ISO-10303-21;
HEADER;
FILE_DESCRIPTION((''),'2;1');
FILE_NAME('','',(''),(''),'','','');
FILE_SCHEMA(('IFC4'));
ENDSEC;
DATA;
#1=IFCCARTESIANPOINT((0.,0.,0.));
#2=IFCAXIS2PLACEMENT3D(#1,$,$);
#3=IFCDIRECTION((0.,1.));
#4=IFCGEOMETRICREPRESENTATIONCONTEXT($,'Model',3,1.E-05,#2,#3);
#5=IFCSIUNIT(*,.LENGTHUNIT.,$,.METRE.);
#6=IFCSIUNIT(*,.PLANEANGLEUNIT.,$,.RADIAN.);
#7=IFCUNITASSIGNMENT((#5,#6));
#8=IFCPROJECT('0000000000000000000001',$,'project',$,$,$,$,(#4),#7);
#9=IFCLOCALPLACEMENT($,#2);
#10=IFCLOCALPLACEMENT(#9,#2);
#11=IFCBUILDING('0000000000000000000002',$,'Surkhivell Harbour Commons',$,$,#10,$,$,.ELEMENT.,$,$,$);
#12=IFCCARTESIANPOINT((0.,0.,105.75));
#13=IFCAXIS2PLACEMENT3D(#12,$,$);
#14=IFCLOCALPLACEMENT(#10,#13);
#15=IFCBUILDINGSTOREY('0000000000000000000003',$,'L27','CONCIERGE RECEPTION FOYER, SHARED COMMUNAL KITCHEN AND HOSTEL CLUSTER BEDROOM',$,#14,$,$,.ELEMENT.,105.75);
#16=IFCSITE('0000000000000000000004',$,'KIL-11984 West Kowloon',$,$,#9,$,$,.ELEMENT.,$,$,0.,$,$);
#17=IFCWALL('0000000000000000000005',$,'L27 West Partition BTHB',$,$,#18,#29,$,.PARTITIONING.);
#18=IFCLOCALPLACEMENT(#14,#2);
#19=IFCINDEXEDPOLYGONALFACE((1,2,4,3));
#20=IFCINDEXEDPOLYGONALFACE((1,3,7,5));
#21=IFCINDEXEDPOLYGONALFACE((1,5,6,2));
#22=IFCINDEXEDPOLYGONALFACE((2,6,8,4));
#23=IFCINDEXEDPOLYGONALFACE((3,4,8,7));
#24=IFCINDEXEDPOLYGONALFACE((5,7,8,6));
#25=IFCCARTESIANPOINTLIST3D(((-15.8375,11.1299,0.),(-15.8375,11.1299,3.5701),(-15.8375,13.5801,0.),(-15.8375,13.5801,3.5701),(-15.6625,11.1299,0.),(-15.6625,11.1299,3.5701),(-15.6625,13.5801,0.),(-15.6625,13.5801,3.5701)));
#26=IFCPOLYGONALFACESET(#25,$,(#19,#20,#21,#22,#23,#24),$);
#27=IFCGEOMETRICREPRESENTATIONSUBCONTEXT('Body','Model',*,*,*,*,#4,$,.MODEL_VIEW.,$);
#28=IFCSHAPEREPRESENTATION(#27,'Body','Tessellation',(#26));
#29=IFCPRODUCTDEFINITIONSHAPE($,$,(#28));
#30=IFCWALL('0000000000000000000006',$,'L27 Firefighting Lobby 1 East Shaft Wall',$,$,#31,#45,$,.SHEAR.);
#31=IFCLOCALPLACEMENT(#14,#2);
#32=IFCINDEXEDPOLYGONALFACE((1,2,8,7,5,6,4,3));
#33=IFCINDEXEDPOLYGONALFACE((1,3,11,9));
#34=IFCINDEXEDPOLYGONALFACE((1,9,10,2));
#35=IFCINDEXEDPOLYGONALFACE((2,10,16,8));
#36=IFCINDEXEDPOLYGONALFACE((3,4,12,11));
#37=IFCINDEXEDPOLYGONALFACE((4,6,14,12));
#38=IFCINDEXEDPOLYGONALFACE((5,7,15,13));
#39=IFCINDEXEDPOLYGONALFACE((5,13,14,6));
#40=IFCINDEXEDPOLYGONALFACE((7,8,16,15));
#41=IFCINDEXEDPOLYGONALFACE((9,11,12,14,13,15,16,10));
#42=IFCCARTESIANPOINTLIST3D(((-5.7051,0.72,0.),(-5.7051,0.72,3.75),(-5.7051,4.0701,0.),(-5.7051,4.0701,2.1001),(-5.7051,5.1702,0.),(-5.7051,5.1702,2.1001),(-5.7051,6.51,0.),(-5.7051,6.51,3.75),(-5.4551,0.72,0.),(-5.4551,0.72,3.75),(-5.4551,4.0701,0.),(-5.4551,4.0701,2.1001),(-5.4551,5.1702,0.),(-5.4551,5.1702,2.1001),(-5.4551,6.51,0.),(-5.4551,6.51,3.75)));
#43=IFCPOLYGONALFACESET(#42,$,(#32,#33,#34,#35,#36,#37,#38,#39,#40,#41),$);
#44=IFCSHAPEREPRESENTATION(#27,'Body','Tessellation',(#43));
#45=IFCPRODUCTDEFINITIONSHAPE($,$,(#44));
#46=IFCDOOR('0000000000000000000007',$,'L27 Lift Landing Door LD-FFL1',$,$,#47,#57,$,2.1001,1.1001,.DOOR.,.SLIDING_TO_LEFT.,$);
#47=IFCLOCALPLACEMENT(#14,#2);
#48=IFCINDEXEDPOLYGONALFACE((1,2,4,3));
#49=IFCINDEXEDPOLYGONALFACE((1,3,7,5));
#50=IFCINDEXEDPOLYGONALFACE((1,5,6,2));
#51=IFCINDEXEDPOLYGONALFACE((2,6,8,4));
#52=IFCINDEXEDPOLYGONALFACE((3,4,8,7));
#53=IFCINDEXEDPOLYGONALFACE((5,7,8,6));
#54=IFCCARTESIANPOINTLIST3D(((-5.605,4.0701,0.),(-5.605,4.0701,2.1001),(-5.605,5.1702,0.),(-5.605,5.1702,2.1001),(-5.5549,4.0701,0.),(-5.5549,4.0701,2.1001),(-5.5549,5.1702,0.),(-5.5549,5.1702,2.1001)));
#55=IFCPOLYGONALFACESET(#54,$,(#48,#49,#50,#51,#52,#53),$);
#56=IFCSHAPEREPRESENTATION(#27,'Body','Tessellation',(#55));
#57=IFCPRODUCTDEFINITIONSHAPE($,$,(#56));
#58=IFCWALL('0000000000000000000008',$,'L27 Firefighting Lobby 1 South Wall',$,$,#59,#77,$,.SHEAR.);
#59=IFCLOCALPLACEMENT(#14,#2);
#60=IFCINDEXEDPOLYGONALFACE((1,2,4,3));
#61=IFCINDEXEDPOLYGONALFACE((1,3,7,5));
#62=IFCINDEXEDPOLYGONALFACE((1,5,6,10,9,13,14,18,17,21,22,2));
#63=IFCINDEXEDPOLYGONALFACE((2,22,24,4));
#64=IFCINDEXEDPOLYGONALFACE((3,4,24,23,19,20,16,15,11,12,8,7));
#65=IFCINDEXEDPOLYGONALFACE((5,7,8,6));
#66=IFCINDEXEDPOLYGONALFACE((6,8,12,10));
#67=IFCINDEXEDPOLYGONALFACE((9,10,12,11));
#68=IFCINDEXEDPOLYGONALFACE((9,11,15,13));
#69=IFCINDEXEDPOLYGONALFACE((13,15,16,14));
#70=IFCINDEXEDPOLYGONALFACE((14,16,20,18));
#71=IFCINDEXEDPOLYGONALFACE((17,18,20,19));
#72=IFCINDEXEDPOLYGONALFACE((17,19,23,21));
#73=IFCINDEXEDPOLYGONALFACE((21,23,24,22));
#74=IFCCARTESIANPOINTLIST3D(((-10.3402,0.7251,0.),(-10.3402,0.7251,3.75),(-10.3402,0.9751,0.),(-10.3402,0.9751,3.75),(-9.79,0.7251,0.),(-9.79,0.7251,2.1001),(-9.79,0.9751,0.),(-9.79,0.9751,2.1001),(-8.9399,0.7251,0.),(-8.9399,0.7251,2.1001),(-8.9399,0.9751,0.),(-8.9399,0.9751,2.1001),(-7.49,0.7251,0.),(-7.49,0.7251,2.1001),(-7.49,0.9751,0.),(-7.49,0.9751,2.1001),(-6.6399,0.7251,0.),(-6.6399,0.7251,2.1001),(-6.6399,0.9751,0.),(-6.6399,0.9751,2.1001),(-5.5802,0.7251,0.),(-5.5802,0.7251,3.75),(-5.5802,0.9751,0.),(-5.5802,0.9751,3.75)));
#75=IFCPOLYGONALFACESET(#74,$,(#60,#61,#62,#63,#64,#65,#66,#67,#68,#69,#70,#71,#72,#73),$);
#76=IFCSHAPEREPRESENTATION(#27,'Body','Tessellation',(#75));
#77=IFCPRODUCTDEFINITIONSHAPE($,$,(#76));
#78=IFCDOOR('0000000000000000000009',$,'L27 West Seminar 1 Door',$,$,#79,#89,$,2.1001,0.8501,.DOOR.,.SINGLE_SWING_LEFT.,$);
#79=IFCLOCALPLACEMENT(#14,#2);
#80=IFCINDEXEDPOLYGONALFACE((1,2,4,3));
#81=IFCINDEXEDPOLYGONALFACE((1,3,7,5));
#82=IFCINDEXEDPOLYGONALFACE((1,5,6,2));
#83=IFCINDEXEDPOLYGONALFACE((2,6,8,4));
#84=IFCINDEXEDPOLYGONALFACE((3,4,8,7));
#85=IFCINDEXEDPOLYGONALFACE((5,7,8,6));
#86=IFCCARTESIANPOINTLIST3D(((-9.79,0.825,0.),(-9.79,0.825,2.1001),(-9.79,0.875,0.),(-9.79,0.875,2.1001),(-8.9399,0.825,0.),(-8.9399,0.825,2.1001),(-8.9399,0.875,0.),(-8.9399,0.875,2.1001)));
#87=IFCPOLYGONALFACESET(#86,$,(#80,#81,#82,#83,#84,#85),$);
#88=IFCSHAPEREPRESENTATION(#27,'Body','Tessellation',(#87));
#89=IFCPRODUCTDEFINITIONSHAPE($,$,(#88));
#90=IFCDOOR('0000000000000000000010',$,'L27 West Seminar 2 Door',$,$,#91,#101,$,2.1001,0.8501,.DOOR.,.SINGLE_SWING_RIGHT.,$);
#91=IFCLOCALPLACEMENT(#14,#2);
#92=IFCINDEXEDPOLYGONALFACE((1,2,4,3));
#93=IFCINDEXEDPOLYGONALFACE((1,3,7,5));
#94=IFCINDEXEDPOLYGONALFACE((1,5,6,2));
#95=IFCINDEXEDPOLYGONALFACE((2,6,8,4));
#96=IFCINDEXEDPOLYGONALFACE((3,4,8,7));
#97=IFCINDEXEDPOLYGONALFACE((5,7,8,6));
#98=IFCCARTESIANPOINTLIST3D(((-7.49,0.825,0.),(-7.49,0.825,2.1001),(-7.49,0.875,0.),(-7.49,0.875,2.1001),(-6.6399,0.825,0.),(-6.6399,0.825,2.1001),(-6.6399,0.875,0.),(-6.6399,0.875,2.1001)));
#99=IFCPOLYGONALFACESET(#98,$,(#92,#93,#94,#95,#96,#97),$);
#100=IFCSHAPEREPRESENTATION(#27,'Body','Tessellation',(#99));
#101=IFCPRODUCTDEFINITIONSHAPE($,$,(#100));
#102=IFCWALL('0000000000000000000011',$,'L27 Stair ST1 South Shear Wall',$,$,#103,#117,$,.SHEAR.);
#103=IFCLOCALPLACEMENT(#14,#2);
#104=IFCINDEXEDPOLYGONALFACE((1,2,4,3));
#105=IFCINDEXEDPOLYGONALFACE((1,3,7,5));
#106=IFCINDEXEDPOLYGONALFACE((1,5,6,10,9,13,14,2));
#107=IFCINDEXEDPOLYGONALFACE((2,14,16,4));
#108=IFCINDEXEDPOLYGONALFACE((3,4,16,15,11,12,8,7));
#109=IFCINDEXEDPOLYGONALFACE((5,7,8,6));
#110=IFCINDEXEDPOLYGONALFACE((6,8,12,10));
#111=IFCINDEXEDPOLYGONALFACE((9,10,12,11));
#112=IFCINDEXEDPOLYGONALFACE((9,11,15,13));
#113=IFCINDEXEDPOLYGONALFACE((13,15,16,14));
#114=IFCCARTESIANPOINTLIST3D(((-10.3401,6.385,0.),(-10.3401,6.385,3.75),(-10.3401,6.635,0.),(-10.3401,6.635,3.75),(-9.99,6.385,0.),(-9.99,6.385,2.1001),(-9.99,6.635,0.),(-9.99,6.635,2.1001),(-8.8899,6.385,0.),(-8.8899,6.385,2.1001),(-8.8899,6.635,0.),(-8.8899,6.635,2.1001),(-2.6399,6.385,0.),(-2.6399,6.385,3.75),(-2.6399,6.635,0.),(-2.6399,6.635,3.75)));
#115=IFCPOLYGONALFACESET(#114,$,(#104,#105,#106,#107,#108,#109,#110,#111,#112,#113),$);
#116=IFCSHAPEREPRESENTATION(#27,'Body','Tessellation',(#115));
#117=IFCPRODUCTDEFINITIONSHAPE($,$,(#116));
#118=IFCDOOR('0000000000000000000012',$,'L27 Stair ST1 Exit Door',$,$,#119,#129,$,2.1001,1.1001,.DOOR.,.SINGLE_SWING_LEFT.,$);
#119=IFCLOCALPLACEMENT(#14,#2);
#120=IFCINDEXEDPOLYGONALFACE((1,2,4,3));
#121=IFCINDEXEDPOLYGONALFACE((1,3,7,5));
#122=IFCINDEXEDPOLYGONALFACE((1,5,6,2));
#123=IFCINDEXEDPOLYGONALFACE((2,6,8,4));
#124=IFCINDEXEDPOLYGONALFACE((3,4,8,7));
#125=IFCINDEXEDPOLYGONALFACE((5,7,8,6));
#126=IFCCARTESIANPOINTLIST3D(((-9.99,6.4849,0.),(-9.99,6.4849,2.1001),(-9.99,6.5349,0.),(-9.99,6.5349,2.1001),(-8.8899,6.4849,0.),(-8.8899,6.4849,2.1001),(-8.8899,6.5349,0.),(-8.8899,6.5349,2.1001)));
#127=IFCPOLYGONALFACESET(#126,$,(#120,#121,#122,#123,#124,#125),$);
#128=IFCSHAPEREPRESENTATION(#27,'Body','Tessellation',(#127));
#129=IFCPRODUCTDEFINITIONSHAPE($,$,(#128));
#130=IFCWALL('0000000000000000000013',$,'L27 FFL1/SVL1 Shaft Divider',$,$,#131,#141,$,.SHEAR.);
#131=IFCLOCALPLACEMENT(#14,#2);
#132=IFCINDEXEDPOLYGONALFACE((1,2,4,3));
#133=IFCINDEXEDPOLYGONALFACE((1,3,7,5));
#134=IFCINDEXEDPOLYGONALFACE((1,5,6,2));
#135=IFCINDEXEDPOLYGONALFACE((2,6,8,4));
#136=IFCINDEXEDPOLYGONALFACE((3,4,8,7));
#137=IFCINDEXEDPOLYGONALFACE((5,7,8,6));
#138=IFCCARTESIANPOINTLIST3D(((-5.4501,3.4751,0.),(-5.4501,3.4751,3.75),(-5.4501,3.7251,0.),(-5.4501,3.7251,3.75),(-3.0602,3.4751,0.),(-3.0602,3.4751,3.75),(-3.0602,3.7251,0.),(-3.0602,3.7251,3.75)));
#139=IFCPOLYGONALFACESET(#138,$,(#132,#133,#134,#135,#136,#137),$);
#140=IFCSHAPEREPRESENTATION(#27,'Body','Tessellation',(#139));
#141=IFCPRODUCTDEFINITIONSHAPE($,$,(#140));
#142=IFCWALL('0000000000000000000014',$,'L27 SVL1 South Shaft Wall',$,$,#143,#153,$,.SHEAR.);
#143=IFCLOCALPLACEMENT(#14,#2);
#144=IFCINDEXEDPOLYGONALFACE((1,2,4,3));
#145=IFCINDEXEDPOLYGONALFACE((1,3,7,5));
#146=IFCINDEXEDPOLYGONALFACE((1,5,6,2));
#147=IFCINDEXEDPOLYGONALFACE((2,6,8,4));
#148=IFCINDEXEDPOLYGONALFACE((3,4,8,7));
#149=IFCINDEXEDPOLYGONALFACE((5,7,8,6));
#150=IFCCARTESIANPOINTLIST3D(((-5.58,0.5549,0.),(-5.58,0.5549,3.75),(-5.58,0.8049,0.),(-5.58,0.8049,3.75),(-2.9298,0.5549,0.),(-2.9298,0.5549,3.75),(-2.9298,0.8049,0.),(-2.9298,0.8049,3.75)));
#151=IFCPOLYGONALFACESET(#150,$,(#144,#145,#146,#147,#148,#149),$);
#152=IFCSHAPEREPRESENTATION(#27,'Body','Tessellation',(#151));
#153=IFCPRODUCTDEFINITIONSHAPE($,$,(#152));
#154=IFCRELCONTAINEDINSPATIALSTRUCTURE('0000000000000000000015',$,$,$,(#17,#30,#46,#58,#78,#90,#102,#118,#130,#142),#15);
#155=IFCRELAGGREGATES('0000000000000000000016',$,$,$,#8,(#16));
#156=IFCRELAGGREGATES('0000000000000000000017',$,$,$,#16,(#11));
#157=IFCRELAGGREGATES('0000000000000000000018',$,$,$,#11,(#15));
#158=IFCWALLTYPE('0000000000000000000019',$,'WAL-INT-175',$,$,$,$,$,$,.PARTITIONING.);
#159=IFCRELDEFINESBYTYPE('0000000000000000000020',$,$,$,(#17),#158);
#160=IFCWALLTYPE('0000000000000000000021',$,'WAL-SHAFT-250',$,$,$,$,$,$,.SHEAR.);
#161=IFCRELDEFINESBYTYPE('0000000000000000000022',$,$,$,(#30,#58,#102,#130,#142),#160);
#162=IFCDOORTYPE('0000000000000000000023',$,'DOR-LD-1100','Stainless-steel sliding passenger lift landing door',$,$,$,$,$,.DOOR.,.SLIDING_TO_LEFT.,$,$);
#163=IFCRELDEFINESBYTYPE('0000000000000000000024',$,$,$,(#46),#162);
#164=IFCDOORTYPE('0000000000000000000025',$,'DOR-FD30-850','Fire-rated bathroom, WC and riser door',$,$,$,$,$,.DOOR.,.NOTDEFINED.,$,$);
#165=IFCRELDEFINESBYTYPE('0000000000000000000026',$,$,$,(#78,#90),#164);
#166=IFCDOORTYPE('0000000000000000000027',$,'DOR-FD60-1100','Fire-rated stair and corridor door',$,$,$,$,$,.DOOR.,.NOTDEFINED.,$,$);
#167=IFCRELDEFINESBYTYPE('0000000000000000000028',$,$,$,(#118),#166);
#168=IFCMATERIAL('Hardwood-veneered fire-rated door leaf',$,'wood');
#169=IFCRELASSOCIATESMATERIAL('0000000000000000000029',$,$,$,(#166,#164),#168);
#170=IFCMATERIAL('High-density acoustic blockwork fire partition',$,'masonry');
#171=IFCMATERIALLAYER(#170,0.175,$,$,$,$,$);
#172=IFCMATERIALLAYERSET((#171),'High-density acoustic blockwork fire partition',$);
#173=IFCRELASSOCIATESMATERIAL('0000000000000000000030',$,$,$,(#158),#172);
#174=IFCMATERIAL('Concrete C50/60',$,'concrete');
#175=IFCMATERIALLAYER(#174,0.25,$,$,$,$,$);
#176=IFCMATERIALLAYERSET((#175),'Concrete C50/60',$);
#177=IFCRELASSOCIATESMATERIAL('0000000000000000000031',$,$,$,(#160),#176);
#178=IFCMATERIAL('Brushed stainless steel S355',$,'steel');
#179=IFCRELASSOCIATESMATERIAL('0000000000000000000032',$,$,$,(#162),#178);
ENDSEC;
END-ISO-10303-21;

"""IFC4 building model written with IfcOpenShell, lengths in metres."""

from ifc_helpers import new_model, si_unit, direction, frame, frame_2d, origin, place, context, subcontext, project, spatial, rectangle, extrude, material, layer, layer_set, type_object, element, fill, save


model = new_model("IFC4")

# Units and contexts
model_context = context("Model", 3, precision=1e-05, world=origin(), true_north=direction((0.0, 1.0)))
body_context = subcontext(model_context, "Body", "Model", "MODEL_VIEW")
ifc_project = project(units=[si_unit("LENGTHUNIT", "METRE"), si_unit("PLANEANGLEUNIT", "RADIAN")], contexts=[model_context])

# Site, building, storey
site_placement = place(None, origin())
site = spatial("IfcSite", under=ifc_project, at=site_placement, Name="KIL-11984 West Kowloon", CompositionType="ELEMENT", RefElevation=0.0)
building_placement = place(site_placement, origin())
building = spatial("IfcBuilding", under=site, at=building_placement, Name="Surkhivell Harbour Commons", CompositionType="ELEMENT")
storey_placement = place(building_placement, frame((0.0, 0.0, 105.75)))
storey = spatial("IfcBuildingStorey", under=building, at=storey_placement, Name="L27", Description="CONCIERGE RECEPTION FOYER, SHARED COMMUNAL KITCHEN AND HOSTEL CLUSTER BEDROOM", CompositionType="ELEMENT", Elevation=105.75)

# Shared definitions
ifc_material_1 = material(Name="Hardwood-veneered fire-rated door leaf", Category="wood")
door_type_1 = type_object("IfcDoorType", Name="DOR-FD60-1100", Description="Fire-rated stair and corridor door", OperationType="NOTDEFINED", PredefinedType="DOOR", material=ifc_material_1)

# Wall
ifc_material_2 = material(Name="High-density acoustic blockwork fire partition", Category="masonry")
ifc_layer_1 = layer(ifc_material_2, 0.175)
ifc_layer_set_1 = layer_set([ifc_layer_1], Name="High-density acoustic blockwork fire partition")
wall_type_1 = type_object("IfcWallType", Name="WAL-INT-175", PredefinedType="PARTITIONING", material=ifc_layer_set_1)
wall_1_placement = place(storey_placement, frame((-15.75, 11.1299, 0.0), z_axis=(0.0, 0.0, 1.0), x_axis=(0.0, 1.0, 0.0)))
element("IfcWall", 1, at=wall_1_placement, inside=storey, type_object=wall_type_1, Name="L27 West Partition BTHB", PredefinedType="PARTITIONING", context=body_context, shape_type="SweptSolid", body=[
    extrude(rectangle(XDim=2.4502, YDim=0.175, at=frame_2d((1.2251, 0.0))), origin(), (0.0, 0.0, 1.0), 3.5701),
])

# Wall, opening, door
ifc_material_3 = material(Name="Concrete C50/60", Category="concrete")
ifc_layer_2 = layer(ifc_material_3, 0.25)
ifc_layer_set_2 = layer_set([ifc_layer_2], Name="Concrete C50/60")
wall_type_2 = type_object("IfcWallType", Name="WAL-SHAFT-250", PredefinedType="SHEAR", material=ifc_layer_set_2)
wall_2_placement = place(storey_placement, frame((-5.5801, 0.72, 0.0), z_axis=(0.0, 0.0, 1.0), x_axis=(0.0, 1.0, 0.0)))
wall_2 = element("IfcWall", 2, at=wall_2_placement, inside=storey, type_object=wall_type_2, Name="L27 Firefighting Lobby 1 East Shaft Wall", PredefinedType="SHEAR", context=body_context, shape_type="SweptSolid", body=[
    extrude(rectangle(XDim=5.79, YDim=0.25, at=frame_2d((2.895, 0.0))), origin(), (0.0, 0.0, 1.0), 3.75),
])
opening_1_placement = place(wall_2_placement, frame((3.3501, 0.0, 0.0)))
opening_1 = element("IfcOpeningElement", 3, at=opening_1_placement, cuts=wall_2, PredefinedType="OPENING", context=body_context, shape_type="SweptSolid", body=[
    extrude(rectangle(XDim=1.1001, YDim=2.1001, at=frame_2d((0.55, 1.05))), frame((0.0, 0.135, 0.0), z_axis=(0.0, -1.0, 0.0), x_axis=(1.0, 0.0, 0.0)), (0.0, 0.0, 1.0), 0.27),
])
ifc_material_4 = material(Name="Brushed stainless steel S355", Category="steel")
door_type_2 = type_object("IfcDoorType", Name="DOR-LD-1100", Description="Stainless-steel sliding passenger lift landing door", OperationType="SLIDING_TO_LEFT", PredefinedType="DOOR", material=ifc_material_4)
door_1_placement = place(opening_1_placement, origin())
door_1 = element("IfcDoor", 4, at=door_1_placement, inside=storey, type_object=door_type_2, Name="L27 Lift Landing Door LD-FFL1", OperationType="SLIDING_TO_LEFT", OverallHeight=2.1001, OverallWidth=1.1001, PredefinedType="DOOR", context=body_context, shape_type="SweptSolid", body=[
    extrude(rectangle(XDim=1.1001, YDim=2.1001, at=frame_2d((0.55, 1.05))), frame((0.0, 0.0249, 0.0), z_axis=(0.0, -1.0, 0.0), x_axis=(1.0, 0.0, 0.0)), (0.0, 0.0, 1.0), 0.05),
])
fill(opening_1, door_1)

# Wall, openings, doors
wall_3_placement = place(storey_placement, frame((-10.3401, 0.8501, 0.0), z_axis=(0.0, 0.0, 1.0), x_axis=(1.0, 0.0, 0.0)))
wall_3 = element("IfcWall", 5, at=wall_3_placement, inside=storey, type_object=wall_type_2, Name="L27 Firefighting Lobby 1 South Wall", PredefinedType="SHEAR", context=body_context, shape_type="SweptSolid", body=[
    extrude(rectangle(XDim=4.76, YDim=0.25, at=frame_2d((2.3799, 0.0))), origin(), (0.0, 0.0, 1.0), 3.75),
])
opening_2_placement = place(wall_3_placement, frame((0.55, 0.0, 0.0)))
opening_2 = element("IfcOpeningElement", 6, at=opening_2_placement, cuts=wall_3, PredefinedType="OPENING", context=body_context, shape_type="SweptSolid", body=[
    extrude(rectangle(XDim=0.8501, YDim=2.1001, at=frame_2d((0.425, 1.05))), frame((0.0, 0.135, 0.0), z_axis=(0.0, -1.0, 0.0), x_axis=(1.0, 0.0, 0.0)), (0.0, 0.0, 1.0), 0.27),
])
opening_3_placement = place(wall_3_placement, frame((2.8501, 0.0, 0.0)))
opening_3 = element("IfcOpeningElement", 7, at=opening_3_placement, cuts=wall_3, PredefinedType="OPENING", context=body_context, shape_type="SweptSolid", body=[
    extrude(rectangle(XDim=0.8501, YDim=2.1001, at=frame_2d((0.425, 1.05))), frame((0.0, 0.135, 0.0), z_axis=(0.0, -1.0, 0.0), x_axis=(1.0, 0.0, 0.0)), (0.0, 0.0, 1.0), 0.27),
])
door_type_3 = type_object("IfcDoorType", Name="DOR-FD30-850", Description="Fire-rated bathroom, WC and riser door", OperationType="NOTDEFINED", PredefinedType="DOOR", material=ifc_material_1)
door_2_placement = place(opening_2_placement, origin())
door_2 = element("IfcDoor", 8, at=door_2_placement, inside=storey, type_object=door_type_3, Name="L27 West Seminar 1 Door", OperationType="SINGLE_SWING_LEFT", OverallHeight=2.1001, OverallWidth=0.8501, PredefinedType="DOOR", context=body_context, shape_type="SweptSolid", body=[
    extrude(rectangle(XDim=0.8501, YDim=2.1001, at=frame_2d((0.425, 1.05))), frame((0.0, 0.0249, 0.0), z_axis=(0.0, -1.0, 0.0), x_axis=(1.0, 0.0, 0.0)), (0.0, 0.0, 1.0), 0.05),
])
fill(opening_2, door_2)
door_3_placement = place(opening_3_placement, origin())
door_3 = element("IfcDoor", 9, at=door_3_placement, inside=storey, type_object=door_type_3, Name="L27 West Seminar 2 Door", OperationType="SINGLE_SWING_RIGHT", OverallHeight=2.1001, OverallWidth=0.8501, PredefinedType="DOOR", context=body_context, shape_type="SweptSolid", body=[
    extrude(rectangle(XDim=0.8501, YDim=2.1001, at=frame_2d((0.425, 1.05))), frame((0.0, 0.0249, 0.0), z_axis=(0.0, -1.0, 0.0), x_axis=(1.0, 0.0, 0.0)), (0.0, 0.0, 1.0), 0.05),
])
fill(opening_3, door_3)

# Wall, opening, door
wall_4_placement = place(storey_placement, frame((-10.3401, 6.51, 0.0), z_axis=(0.0, 0.0, 1.0), x_axis=(1.0, 0.0, 0.0)))
wall_4 = element("IfcWall", 10, at=wall_4_placement, inside=storey, type_object=wall_type_2, Name="L27 Stair ST1 South Shear Wall", PredefinedType="SHEAR", context=body_context, shape_type="SweptSolid", body=[
    extrude(rectangle(XDim=7.7002, YDim=0.25, at=frame_2d((3.8501, 0.0))), origin(), (0.0, 0.0, 1.0), 3.75),
])
opening_4_placement = place(wall_4_placement, frame((0.3501, 0.0, 0.0)))
opening_4 = element("IfcOpeningElement", 11, at=opening_4_placement, cuts=wall_4, PredefinedType="OPENING", context=body_context, shape_type="SweptSolid", body=[
    extrude(rectangle(XDim=1.1001, YDim=2.1001, at=frame_2d((0.55, 1.05))), frame((0.0, 0.135, 0.0), z_axis=(0.0, -1.0, 0.0), x_axis=(1.0, 0.0, 0.0)), (0.0, 0.0, 1.0), 0.27),
])
door_4_placement = place(opening_4_placement, origin())
door_4 = element("IfcDoor", 12, at=door_4_placement, inside=storey, type_object=door_type_1, Name="L27 Stair ST1 Exit Door", OperationType="SINGLE_SWING_LEFT", OverallHeight=2.1001, OverallWidth=1.1001, PredefinedType="DOOR", context=body_context, shape_type="SweptSolid", body=[
    extrude(rectangle(XDim=1.1001, YDim=2.1001, at=frame_2d((0.55, 1.05))), frame((0.0, 0.0249, 0.0), z_axis=(0.0, -1.0, 0.0), x_axis=(1.0, 0.0, 0.0)), (0.0, 0.0, 1.0), 0.05),
])
fill(opening_4, door_4)

# Walls
wall_5_placement = place(storey_placement, frame((-5.45, 3.6001, 0.0), z_axis=(0.0, 0.0, 1.0), x_axis=(1.0, 0.0, 0.0)))
element("IfcWall", 13, at=wall_5_placement, inside=storey, type_object=wall_type_2, Name="L27 FFL1/SVL1 Shaft Divider", PredefinedType="SHEAR", context=body_context, shape_type="SweptSolid", body=[
    extrude(rectangle(XDim=2.3899, YDim=0.25, at=frame_2d((1.1948, 0.0))), origin(), (0.0, 0.0, 1.0), 3.75),
])
wall_6_placement = place(storey_placement, frame((-5.5801, 0.6799, 0.0), z_axis=(0.0, 0.0, 1.0), x_axis=(1.0, 0.0, 0.0)))
element("IfcWall", 14, at=wall_6_placement, inside=storey, type_object=wall_type_2, Name="L27 SVL1 South Shaft Wall", PredefinedType="SHEAR", context=body_context, shape_type="SweptSolid", body=[
    extrude(rectangle(XDim=2.6501, YDim=0.25, at=frame_2d((1.3252, 0.0))), origin(), (0.0, 0.0, 1.0), 3.75),
])

save(model, "model.ifc")
